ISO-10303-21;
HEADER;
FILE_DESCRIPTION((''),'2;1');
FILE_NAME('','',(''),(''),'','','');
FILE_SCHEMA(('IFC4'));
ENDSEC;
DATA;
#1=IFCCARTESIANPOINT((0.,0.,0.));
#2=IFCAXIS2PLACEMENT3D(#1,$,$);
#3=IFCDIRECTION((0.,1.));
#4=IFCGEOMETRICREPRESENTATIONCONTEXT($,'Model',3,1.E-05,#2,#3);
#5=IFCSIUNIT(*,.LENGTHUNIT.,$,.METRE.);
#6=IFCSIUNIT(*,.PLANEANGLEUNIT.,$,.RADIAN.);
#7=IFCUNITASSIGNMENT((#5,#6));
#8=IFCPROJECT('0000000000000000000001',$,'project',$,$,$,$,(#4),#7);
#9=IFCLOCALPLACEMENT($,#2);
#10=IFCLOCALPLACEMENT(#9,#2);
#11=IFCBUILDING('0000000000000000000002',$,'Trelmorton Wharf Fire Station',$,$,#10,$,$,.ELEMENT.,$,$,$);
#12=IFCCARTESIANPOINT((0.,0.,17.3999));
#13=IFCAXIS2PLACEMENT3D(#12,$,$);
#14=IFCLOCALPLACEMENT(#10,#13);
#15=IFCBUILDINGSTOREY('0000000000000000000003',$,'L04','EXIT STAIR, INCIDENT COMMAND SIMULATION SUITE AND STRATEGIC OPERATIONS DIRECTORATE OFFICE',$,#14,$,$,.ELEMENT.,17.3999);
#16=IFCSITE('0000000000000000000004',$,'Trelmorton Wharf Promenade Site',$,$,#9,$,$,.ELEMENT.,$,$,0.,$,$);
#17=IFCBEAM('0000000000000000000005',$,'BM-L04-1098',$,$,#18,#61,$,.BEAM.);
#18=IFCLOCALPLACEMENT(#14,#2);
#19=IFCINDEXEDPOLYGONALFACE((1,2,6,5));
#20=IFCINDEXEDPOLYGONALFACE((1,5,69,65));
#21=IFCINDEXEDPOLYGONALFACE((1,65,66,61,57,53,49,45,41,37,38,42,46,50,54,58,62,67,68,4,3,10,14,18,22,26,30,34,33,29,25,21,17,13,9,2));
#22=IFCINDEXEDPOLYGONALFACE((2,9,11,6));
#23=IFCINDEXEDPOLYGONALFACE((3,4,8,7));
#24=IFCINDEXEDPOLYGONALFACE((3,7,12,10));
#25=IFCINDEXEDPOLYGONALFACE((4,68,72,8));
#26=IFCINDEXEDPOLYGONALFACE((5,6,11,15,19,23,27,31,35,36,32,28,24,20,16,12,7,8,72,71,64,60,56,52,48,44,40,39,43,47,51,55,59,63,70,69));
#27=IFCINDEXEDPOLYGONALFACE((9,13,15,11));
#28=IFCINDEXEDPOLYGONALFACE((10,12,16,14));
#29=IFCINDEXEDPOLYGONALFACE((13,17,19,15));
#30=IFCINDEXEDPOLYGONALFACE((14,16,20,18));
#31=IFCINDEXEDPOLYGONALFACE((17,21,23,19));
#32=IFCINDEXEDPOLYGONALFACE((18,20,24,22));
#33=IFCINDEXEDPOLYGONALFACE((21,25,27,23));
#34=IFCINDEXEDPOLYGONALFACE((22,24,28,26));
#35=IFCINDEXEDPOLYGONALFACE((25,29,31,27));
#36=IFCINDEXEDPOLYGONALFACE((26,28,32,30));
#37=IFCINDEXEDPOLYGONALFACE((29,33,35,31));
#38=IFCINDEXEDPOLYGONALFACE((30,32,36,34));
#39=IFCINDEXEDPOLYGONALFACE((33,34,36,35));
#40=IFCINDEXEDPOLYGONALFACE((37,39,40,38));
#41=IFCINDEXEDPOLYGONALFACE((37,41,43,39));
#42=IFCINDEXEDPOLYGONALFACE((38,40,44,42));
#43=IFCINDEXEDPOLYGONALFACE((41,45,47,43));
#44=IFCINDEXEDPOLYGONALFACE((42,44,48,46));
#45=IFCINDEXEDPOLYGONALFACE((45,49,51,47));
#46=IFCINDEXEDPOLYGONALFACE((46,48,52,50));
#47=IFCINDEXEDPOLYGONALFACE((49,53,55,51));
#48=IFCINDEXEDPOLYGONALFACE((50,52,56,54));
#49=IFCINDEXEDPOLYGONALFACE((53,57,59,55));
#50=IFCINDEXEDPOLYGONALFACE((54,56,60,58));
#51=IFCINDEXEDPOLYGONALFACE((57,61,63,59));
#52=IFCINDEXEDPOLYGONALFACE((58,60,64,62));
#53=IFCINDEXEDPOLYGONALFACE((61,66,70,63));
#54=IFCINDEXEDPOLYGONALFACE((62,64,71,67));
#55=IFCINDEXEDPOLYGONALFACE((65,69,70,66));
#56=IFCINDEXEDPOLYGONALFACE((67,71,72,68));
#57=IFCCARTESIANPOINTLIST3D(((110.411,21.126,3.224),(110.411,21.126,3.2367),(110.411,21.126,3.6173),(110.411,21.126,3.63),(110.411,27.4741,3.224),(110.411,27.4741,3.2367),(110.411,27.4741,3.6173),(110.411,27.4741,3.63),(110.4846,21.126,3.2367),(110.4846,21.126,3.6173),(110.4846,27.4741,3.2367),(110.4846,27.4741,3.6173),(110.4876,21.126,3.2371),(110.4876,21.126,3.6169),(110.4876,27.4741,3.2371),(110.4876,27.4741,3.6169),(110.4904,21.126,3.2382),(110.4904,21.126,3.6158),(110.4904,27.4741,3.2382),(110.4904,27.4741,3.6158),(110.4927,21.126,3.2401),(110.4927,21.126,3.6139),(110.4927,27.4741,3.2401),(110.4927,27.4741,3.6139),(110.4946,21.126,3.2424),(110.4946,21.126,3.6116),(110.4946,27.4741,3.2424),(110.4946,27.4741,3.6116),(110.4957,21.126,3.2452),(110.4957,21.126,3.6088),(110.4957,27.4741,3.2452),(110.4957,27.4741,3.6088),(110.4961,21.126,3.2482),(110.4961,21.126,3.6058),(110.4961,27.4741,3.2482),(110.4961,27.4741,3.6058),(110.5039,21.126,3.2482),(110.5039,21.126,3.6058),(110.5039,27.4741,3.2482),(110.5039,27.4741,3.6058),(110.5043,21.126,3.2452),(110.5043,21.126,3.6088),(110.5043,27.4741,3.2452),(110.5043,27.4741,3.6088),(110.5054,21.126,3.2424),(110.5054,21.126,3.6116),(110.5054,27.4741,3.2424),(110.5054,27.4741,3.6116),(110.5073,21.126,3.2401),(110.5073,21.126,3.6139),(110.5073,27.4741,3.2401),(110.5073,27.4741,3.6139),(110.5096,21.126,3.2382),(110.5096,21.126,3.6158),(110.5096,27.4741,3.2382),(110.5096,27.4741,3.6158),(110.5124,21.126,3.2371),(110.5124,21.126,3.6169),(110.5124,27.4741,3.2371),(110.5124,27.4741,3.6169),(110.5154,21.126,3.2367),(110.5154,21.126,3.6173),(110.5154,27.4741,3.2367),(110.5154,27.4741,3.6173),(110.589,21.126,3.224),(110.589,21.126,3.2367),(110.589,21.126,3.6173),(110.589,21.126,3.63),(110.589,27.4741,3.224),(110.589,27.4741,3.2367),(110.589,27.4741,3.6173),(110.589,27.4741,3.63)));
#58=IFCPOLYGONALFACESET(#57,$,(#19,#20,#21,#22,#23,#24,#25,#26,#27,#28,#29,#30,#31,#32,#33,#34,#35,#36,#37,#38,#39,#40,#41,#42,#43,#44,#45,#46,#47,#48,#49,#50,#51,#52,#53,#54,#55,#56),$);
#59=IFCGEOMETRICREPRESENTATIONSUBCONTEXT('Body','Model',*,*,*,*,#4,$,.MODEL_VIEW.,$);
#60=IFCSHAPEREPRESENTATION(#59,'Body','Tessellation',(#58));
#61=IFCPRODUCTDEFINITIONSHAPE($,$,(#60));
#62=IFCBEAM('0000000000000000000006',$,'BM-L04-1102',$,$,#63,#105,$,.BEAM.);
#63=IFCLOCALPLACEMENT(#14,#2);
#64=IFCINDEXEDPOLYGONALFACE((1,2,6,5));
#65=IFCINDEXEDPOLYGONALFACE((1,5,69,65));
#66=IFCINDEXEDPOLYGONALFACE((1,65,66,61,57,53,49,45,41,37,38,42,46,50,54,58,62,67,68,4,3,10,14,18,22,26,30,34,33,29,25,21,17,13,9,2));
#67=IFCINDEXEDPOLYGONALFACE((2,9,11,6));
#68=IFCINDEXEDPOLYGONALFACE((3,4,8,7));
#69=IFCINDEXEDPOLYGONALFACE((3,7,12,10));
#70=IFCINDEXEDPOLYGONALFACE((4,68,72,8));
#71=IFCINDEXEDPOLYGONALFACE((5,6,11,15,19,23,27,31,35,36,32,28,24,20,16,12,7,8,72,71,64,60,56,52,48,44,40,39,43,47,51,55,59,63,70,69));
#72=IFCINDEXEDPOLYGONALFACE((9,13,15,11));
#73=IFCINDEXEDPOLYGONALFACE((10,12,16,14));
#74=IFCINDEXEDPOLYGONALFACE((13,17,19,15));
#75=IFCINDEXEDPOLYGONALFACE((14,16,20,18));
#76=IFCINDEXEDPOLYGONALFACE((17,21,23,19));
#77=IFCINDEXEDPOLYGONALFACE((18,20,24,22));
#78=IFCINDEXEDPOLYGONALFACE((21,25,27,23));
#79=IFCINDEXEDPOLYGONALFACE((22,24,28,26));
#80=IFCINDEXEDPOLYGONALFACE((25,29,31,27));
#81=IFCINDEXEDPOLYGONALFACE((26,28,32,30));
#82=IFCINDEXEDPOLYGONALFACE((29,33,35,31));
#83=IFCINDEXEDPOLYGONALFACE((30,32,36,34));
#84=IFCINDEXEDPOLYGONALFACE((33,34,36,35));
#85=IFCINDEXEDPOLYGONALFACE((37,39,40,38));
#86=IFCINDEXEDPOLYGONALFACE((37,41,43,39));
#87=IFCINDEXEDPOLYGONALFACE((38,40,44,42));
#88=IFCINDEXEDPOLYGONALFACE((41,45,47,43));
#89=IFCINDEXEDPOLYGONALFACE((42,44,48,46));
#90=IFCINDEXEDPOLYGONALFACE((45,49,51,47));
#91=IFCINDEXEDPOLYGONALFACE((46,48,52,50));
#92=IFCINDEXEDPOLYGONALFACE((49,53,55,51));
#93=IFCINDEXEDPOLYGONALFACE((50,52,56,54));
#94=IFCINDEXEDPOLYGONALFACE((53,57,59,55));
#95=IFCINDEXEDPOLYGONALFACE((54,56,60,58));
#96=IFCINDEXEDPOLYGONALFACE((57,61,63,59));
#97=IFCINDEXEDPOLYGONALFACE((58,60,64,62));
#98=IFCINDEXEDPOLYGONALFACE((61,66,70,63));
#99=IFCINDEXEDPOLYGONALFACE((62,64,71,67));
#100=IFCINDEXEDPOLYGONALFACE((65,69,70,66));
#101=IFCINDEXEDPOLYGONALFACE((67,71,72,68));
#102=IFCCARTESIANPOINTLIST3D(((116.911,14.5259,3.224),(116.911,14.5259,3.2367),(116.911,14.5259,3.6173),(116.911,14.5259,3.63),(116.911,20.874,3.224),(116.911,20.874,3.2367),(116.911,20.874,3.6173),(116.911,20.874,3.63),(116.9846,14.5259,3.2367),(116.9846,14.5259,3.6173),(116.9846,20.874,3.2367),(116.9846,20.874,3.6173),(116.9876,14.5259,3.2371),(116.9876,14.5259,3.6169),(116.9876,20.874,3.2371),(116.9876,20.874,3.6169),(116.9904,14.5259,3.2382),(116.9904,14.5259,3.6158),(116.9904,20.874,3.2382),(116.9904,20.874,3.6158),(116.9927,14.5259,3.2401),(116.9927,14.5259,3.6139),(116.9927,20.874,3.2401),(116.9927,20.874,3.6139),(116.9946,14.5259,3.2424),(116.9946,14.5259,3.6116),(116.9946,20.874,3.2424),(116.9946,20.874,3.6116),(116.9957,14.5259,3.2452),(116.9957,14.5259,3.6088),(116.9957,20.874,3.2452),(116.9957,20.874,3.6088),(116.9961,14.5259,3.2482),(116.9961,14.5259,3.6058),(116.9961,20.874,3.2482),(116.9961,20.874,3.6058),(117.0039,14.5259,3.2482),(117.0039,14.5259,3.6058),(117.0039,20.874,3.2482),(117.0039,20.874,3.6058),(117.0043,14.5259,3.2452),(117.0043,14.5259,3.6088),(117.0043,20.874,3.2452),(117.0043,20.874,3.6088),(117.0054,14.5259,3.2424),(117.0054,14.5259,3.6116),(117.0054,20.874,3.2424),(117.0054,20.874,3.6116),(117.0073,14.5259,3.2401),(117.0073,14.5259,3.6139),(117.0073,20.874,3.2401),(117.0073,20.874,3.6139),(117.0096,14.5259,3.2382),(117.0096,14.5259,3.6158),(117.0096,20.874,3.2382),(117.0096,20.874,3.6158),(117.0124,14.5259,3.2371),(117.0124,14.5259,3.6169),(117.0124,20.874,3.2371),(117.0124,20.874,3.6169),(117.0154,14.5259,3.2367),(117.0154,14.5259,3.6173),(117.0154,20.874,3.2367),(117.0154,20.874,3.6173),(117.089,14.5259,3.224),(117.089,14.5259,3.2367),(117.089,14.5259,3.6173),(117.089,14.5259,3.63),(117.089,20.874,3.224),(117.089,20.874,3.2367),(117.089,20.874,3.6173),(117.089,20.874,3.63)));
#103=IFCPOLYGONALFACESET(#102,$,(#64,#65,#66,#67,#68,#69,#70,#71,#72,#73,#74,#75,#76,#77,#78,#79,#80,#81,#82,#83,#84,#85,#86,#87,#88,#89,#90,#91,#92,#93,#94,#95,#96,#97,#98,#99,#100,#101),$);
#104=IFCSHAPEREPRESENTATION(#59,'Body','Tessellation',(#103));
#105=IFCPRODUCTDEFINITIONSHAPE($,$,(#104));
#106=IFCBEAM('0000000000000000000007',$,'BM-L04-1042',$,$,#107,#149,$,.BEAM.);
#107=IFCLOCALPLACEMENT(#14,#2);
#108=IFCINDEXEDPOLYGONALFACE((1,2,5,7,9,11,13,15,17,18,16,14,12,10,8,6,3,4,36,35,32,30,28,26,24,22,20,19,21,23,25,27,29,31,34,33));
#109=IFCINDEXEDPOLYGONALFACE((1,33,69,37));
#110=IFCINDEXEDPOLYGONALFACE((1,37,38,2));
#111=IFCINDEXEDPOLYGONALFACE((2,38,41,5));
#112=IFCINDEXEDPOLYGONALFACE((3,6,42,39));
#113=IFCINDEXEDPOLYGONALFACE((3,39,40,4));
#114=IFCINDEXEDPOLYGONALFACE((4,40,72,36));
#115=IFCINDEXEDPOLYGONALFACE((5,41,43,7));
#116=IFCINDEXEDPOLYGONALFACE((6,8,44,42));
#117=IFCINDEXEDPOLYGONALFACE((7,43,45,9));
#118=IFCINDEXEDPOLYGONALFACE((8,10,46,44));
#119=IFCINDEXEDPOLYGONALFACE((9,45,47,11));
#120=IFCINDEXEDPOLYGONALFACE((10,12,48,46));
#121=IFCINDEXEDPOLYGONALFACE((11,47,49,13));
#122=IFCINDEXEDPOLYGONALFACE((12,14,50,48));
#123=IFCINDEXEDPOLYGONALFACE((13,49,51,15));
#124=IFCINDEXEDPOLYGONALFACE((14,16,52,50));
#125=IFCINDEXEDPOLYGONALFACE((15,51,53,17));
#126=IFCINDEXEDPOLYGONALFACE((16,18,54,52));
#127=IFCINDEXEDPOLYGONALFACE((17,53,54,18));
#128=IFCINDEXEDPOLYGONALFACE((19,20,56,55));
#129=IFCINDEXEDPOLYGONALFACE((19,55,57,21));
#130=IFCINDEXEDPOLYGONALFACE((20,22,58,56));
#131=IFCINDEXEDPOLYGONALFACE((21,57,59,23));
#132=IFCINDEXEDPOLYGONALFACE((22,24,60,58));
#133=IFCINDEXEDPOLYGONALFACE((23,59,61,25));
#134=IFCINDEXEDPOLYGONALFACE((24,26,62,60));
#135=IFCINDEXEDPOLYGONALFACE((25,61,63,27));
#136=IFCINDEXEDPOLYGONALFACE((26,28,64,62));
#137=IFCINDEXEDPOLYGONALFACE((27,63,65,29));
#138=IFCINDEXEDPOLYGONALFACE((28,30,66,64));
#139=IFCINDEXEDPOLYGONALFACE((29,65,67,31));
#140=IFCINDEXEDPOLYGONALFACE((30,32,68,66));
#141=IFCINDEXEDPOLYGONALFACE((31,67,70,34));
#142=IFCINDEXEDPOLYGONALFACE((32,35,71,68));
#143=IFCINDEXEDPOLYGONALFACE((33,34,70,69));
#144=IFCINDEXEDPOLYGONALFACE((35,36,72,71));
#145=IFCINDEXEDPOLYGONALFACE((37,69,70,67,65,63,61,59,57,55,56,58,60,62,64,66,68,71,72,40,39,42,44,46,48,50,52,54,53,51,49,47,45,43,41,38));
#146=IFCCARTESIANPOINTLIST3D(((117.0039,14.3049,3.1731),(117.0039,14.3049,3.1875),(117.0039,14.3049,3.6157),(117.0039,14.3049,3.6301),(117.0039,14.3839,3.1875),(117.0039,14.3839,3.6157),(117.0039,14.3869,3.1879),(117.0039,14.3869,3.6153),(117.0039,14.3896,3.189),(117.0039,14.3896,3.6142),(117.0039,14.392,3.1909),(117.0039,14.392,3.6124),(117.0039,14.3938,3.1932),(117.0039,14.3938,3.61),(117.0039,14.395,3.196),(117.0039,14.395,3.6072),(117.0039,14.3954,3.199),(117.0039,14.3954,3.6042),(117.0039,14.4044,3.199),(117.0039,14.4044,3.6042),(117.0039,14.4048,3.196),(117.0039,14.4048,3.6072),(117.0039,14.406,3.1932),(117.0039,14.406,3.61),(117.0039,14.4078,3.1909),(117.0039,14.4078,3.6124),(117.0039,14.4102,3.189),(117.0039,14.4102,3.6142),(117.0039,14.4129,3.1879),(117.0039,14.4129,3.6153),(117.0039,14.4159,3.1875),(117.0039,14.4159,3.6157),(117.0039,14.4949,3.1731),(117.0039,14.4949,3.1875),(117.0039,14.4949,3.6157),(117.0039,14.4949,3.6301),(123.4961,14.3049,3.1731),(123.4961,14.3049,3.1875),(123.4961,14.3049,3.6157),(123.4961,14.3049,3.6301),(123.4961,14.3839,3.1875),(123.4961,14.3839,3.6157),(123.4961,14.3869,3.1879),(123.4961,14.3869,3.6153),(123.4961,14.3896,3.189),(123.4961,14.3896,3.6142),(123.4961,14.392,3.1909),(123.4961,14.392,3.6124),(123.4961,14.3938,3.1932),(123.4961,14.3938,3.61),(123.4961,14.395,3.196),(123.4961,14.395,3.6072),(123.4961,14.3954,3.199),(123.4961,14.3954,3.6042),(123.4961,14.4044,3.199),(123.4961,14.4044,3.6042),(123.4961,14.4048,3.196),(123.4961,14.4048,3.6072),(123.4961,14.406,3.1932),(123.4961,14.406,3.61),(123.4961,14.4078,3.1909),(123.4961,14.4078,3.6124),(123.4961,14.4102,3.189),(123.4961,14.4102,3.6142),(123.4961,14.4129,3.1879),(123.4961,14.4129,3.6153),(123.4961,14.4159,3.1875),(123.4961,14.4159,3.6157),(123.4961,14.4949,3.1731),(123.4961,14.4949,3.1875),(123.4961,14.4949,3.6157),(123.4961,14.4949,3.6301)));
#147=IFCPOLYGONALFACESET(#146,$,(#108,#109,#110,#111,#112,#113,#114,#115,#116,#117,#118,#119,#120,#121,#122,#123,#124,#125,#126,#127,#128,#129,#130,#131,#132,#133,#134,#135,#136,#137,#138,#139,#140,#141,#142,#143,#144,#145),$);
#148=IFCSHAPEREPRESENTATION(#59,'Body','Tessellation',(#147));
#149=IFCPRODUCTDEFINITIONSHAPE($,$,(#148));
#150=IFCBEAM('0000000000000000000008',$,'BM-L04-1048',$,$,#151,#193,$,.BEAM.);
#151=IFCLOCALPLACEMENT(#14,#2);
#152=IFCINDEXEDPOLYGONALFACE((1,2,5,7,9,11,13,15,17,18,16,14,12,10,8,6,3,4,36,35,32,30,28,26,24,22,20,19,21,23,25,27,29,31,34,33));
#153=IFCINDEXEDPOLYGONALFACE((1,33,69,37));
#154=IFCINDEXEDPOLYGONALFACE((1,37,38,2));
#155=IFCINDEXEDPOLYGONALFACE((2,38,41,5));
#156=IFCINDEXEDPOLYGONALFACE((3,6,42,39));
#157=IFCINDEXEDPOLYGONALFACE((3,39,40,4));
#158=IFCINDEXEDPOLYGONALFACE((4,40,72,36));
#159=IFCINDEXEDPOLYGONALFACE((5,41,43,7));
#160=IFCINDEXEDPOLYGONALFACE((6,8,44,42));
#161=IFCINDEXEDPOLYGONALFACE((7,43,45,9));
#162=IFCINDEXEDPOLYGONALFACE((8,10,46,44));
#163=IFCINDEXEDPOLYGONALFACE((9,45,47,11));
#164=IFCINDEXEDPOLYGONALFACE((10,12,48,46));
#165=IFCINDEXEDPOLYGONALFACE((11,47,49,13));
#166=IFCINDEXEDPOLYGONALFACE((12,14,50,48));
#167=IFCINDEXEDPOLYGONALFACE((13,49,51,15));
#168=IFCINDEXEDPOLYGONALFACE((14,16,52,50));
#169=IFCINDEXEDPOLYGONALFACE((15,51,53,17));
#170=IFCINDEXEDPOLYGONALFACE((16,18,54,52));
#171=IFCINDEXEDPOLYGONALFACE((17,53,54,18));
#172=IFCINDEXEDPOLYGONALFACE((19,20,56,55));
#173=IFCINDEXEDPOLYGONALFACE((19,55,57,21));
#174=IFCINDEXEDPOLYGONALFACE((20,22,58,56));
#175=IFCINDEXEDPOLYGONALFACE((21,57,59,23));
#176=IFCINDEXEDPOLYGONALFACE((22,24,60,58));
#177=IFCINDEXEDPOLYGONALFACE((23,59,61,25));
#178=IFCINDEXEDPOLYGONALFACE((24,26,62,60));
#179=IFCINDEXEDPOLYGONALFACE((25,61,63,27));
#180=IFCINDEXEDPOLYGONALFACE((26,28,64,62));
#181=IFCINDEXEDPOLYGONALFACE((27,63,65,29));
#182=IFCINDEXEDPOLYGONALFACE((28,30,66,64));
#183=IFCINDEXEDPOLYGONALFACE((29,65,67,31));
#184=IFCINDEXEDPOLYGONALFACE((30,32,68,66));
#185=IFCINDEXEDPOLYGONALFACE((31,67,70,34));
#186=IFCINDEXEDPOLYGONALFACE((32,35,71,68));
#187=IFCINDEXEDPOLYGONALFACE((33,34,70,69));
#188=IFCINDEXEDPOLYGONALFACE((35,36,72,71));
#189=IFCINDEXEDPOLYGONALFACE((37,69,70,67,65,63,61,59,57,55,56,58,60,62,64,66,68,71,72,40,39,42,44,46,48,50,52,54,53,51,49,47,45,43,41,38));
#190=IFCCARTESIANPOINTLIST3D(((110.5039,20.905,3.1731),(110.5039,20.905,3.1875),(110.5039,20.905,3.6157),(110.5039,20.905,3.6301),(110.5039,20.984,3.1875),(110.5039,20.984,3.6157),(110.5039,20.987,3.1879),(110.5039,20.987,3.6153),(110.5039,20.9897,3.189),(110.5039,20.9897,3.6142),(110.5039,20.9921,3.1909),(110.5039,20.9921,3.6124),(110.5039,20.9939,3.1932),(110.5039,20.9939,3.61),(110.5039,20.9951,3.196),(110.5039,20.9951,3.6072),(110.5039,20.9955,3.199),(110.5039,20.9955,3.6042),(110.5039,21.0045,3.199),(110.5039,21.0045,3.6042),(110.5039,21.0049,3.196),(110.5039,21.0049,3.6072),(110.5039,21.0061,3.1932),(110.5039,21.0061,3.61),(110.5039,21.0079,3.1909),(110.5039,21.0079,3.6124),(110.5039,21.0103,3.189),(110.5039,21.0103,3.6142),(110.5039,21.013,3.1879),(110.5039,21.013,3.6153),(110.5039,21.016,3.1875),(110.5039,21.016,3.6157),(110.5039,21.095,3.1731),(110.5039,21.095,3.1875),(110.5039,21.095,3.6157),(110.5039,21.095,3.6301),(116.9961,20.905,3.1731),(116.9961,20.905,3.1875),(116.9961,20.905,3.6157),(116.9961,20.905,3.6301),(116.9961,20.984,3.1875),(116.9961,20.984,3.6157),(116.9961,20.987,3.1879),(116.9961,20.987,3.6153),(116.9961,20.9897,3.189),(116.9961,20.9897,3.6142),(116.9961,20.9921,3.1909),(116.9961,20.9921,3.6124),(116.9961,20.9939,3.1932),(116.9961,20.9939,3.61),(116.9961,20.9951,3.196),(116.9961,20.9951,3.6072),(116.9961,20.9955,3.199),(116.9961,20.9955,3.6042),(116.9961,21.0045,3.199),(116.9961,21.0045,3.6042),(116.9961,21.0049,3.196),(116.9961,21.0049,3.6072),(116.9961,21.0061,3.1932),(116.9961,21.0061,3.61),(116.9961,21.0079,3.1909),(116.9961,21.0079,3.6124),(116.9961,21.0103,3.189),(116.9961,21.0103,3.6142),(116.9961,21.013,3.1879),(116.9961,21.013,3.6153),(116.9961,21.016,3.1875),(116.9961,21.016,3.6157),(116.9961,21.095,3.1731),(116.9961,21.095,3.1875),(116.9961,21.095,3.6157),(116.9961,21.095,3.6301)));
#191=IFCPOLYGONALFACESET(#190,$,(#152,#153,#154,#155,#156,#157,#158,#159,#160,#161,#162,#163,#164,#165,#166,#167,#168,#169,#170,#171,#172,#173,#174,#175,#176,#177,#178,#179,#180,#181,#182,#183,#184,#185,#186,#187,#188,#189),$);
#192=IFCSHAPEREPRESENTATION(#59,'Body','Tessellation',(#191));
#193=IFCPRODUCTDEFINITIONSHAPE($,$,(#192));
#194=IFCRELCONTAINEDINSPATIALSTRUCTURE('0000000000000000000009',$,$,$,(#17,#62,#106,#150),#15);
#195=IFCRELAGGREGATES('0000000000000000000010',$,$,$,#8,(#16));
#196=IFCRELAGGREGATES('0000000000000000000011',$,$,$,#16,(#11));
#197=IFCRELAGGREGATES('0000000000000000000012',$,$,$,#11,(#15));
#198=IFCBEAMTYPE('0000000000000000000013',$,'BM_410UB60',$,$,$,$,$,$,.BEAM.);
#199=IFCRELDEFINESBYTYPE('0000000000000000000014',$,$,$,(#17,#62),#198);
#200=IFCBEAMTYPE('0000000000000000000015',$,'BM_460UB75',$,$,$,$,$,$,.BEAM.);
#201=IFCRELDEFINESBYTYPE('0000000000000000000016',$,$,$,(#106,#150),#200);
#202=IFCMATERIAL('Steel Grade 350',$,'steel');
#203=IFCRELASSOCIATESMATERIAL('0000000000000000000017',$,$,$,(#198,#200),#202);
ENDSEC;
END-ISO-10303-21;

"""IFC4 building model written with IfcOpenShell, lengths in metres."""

from ifc_helpers import new_model, si_unit, direction, frame, origin, origin_2d, place, context, subcontext, project, spatial, i_section, extrude, material, material_profile, profile_set, type_object, element, save


model = new_model("IFC4")

# Units and contexts
model_context = context("Model", 3, precision=1e-05, world=origin(), true_north=direction((0.0, 1.0)))
body_context = subcontext(model_context, "Body", "Model", "MODEL_VIEW")
ifc_project = project(units=[si_unit("LENGTHUNIT", "METRE"), si_unit("PLANEANGLEUNIT", "RADIAN")], contexts=[model_context])

# Site, building, storey
site_placement = place(None, origin())
site = spatial("IfcSite", under=ifc_project, at=site_placement, Name="Trelmorton Wharf Promenade Site", CompositionType="ELEMENT", RefElevation=0.0)
building_placement = place(site_placement, origin())
building = spatial("IfcBuilding", under=site, at=building_placement, Name="Trelmorton Wharf Fire Station", CompositionType="ELEMENT")
storey_placement = place(building_placement, frame((0.0, 0.0, 17.3999)))
storey = spatial("IfcBuildingStorey", under=building, at=storey_placement, Name="L04", Description="EXIT STAIR, INCIDENT COMMAND SIMULATION SUITE AND STRATEGIC OPERATIONS DIRECTORATE OFFICE", CompositionType="ELEMENT", Elevation=17.3999)

# Shared definitions
ifc_material_1 = material(Name="Steel Grade 350", Category="steel")

# Beams
ifc_material_profile_1 = material_profile(ifc_material_1, i_section(OverallWidth=0.178, OverallDepth=0.406, WebThickness=0.0078, FlangeThickness=0.0127, FilletRadius=0.0115, at=origin_2d()), Name="410UB59.7")
ifc_profile_set_1 = profile_set([ifc_material_profile_1], Name="Steel Grade 350")
beam_type_1 = type_object("IfcBeamType", Name="BM_410UB60", PredefinedType="BEAM", material=ifc_profile_set_1)
for number, where, z_axis, x_axis, name in (
    (1, (110.5, 21.126, 3.427), (0.0, 1.0, 0.0), (-1.0, 0.0, 0.0), "BM-L04-1098"),
    (2, (117.0, 14.5259, 3.427), (0.0, 1.0, 0.0), (-1.0, 0.0, 0.0), "BM-L04-1102"),
):
    element("IfcBeam", number, at=place(storey_placement, frame(where, z_axis=z_axis, x_axis=x_axis)), inside=storey, type_object=beam_type_1, Name=name, PredefinedType="BEAM", context=body_context, shape_type="SweptSolid", body=[
        extrude(i_section(OverallWidth=0.178, OverallDepth=0.406, WebThickness=0.0078, FlangeThickness=0.0127, FilletRadius=0.0115, at=origin_2d()), origin(), (0.0, 0.0, 1.0), 6.3481),
    ])
ifc_material_profile_2 = material_profile(ifc_material_1, i_section(OverallWidth=0.1899, OverallDepth=0.457, WebThickness=0.009, FlangeThickness=0.0144, FilletRadius=0.0115, at=origin_2d()), Name="460UB74.6")
ifc_profile_set_2 = profile_set([ifc_material_profile_2], Name="Steel Grade 350")
beam_type_2 = type_object("IfcBeamType", Name="BM_460UB75", PredefinedType="BEAM", material=ifc_profile_set_2)
for number, where, z_axis, x_axis, name in (
    (3, (117.0039, 14.3999, 3.4016), (1.0, 0.0, 0.0), (0.0, 1.0, 0.0), "BM-L04-1042"),
    (4, (110.5039, 21.0, 3.4016), (1.0, 0.0, 0.0), (0.0, 1.0, 0.0), "BM-L04-1048"),
):
    element("IfcBeam", number, at=place(storey_placement, frame(where, z_axis=z_axis, x_axis=x_axis)), inside=storey, type_object=beam_type_2, Name=name, PredefinedType="BEAM", context=body_context, shape_type="SweptSolid", body=[
        extrude(i_section(OverallWidth=0.1899, OverallDepth=0.457, WebThickness=0.009, FlangeThickness=0.0144, FilletRadius=0.0115, at=origin_2d()), origin(), (0.0, 0.0, 1.0), 6.4922),
    ])

save(model, "model.ifc")
